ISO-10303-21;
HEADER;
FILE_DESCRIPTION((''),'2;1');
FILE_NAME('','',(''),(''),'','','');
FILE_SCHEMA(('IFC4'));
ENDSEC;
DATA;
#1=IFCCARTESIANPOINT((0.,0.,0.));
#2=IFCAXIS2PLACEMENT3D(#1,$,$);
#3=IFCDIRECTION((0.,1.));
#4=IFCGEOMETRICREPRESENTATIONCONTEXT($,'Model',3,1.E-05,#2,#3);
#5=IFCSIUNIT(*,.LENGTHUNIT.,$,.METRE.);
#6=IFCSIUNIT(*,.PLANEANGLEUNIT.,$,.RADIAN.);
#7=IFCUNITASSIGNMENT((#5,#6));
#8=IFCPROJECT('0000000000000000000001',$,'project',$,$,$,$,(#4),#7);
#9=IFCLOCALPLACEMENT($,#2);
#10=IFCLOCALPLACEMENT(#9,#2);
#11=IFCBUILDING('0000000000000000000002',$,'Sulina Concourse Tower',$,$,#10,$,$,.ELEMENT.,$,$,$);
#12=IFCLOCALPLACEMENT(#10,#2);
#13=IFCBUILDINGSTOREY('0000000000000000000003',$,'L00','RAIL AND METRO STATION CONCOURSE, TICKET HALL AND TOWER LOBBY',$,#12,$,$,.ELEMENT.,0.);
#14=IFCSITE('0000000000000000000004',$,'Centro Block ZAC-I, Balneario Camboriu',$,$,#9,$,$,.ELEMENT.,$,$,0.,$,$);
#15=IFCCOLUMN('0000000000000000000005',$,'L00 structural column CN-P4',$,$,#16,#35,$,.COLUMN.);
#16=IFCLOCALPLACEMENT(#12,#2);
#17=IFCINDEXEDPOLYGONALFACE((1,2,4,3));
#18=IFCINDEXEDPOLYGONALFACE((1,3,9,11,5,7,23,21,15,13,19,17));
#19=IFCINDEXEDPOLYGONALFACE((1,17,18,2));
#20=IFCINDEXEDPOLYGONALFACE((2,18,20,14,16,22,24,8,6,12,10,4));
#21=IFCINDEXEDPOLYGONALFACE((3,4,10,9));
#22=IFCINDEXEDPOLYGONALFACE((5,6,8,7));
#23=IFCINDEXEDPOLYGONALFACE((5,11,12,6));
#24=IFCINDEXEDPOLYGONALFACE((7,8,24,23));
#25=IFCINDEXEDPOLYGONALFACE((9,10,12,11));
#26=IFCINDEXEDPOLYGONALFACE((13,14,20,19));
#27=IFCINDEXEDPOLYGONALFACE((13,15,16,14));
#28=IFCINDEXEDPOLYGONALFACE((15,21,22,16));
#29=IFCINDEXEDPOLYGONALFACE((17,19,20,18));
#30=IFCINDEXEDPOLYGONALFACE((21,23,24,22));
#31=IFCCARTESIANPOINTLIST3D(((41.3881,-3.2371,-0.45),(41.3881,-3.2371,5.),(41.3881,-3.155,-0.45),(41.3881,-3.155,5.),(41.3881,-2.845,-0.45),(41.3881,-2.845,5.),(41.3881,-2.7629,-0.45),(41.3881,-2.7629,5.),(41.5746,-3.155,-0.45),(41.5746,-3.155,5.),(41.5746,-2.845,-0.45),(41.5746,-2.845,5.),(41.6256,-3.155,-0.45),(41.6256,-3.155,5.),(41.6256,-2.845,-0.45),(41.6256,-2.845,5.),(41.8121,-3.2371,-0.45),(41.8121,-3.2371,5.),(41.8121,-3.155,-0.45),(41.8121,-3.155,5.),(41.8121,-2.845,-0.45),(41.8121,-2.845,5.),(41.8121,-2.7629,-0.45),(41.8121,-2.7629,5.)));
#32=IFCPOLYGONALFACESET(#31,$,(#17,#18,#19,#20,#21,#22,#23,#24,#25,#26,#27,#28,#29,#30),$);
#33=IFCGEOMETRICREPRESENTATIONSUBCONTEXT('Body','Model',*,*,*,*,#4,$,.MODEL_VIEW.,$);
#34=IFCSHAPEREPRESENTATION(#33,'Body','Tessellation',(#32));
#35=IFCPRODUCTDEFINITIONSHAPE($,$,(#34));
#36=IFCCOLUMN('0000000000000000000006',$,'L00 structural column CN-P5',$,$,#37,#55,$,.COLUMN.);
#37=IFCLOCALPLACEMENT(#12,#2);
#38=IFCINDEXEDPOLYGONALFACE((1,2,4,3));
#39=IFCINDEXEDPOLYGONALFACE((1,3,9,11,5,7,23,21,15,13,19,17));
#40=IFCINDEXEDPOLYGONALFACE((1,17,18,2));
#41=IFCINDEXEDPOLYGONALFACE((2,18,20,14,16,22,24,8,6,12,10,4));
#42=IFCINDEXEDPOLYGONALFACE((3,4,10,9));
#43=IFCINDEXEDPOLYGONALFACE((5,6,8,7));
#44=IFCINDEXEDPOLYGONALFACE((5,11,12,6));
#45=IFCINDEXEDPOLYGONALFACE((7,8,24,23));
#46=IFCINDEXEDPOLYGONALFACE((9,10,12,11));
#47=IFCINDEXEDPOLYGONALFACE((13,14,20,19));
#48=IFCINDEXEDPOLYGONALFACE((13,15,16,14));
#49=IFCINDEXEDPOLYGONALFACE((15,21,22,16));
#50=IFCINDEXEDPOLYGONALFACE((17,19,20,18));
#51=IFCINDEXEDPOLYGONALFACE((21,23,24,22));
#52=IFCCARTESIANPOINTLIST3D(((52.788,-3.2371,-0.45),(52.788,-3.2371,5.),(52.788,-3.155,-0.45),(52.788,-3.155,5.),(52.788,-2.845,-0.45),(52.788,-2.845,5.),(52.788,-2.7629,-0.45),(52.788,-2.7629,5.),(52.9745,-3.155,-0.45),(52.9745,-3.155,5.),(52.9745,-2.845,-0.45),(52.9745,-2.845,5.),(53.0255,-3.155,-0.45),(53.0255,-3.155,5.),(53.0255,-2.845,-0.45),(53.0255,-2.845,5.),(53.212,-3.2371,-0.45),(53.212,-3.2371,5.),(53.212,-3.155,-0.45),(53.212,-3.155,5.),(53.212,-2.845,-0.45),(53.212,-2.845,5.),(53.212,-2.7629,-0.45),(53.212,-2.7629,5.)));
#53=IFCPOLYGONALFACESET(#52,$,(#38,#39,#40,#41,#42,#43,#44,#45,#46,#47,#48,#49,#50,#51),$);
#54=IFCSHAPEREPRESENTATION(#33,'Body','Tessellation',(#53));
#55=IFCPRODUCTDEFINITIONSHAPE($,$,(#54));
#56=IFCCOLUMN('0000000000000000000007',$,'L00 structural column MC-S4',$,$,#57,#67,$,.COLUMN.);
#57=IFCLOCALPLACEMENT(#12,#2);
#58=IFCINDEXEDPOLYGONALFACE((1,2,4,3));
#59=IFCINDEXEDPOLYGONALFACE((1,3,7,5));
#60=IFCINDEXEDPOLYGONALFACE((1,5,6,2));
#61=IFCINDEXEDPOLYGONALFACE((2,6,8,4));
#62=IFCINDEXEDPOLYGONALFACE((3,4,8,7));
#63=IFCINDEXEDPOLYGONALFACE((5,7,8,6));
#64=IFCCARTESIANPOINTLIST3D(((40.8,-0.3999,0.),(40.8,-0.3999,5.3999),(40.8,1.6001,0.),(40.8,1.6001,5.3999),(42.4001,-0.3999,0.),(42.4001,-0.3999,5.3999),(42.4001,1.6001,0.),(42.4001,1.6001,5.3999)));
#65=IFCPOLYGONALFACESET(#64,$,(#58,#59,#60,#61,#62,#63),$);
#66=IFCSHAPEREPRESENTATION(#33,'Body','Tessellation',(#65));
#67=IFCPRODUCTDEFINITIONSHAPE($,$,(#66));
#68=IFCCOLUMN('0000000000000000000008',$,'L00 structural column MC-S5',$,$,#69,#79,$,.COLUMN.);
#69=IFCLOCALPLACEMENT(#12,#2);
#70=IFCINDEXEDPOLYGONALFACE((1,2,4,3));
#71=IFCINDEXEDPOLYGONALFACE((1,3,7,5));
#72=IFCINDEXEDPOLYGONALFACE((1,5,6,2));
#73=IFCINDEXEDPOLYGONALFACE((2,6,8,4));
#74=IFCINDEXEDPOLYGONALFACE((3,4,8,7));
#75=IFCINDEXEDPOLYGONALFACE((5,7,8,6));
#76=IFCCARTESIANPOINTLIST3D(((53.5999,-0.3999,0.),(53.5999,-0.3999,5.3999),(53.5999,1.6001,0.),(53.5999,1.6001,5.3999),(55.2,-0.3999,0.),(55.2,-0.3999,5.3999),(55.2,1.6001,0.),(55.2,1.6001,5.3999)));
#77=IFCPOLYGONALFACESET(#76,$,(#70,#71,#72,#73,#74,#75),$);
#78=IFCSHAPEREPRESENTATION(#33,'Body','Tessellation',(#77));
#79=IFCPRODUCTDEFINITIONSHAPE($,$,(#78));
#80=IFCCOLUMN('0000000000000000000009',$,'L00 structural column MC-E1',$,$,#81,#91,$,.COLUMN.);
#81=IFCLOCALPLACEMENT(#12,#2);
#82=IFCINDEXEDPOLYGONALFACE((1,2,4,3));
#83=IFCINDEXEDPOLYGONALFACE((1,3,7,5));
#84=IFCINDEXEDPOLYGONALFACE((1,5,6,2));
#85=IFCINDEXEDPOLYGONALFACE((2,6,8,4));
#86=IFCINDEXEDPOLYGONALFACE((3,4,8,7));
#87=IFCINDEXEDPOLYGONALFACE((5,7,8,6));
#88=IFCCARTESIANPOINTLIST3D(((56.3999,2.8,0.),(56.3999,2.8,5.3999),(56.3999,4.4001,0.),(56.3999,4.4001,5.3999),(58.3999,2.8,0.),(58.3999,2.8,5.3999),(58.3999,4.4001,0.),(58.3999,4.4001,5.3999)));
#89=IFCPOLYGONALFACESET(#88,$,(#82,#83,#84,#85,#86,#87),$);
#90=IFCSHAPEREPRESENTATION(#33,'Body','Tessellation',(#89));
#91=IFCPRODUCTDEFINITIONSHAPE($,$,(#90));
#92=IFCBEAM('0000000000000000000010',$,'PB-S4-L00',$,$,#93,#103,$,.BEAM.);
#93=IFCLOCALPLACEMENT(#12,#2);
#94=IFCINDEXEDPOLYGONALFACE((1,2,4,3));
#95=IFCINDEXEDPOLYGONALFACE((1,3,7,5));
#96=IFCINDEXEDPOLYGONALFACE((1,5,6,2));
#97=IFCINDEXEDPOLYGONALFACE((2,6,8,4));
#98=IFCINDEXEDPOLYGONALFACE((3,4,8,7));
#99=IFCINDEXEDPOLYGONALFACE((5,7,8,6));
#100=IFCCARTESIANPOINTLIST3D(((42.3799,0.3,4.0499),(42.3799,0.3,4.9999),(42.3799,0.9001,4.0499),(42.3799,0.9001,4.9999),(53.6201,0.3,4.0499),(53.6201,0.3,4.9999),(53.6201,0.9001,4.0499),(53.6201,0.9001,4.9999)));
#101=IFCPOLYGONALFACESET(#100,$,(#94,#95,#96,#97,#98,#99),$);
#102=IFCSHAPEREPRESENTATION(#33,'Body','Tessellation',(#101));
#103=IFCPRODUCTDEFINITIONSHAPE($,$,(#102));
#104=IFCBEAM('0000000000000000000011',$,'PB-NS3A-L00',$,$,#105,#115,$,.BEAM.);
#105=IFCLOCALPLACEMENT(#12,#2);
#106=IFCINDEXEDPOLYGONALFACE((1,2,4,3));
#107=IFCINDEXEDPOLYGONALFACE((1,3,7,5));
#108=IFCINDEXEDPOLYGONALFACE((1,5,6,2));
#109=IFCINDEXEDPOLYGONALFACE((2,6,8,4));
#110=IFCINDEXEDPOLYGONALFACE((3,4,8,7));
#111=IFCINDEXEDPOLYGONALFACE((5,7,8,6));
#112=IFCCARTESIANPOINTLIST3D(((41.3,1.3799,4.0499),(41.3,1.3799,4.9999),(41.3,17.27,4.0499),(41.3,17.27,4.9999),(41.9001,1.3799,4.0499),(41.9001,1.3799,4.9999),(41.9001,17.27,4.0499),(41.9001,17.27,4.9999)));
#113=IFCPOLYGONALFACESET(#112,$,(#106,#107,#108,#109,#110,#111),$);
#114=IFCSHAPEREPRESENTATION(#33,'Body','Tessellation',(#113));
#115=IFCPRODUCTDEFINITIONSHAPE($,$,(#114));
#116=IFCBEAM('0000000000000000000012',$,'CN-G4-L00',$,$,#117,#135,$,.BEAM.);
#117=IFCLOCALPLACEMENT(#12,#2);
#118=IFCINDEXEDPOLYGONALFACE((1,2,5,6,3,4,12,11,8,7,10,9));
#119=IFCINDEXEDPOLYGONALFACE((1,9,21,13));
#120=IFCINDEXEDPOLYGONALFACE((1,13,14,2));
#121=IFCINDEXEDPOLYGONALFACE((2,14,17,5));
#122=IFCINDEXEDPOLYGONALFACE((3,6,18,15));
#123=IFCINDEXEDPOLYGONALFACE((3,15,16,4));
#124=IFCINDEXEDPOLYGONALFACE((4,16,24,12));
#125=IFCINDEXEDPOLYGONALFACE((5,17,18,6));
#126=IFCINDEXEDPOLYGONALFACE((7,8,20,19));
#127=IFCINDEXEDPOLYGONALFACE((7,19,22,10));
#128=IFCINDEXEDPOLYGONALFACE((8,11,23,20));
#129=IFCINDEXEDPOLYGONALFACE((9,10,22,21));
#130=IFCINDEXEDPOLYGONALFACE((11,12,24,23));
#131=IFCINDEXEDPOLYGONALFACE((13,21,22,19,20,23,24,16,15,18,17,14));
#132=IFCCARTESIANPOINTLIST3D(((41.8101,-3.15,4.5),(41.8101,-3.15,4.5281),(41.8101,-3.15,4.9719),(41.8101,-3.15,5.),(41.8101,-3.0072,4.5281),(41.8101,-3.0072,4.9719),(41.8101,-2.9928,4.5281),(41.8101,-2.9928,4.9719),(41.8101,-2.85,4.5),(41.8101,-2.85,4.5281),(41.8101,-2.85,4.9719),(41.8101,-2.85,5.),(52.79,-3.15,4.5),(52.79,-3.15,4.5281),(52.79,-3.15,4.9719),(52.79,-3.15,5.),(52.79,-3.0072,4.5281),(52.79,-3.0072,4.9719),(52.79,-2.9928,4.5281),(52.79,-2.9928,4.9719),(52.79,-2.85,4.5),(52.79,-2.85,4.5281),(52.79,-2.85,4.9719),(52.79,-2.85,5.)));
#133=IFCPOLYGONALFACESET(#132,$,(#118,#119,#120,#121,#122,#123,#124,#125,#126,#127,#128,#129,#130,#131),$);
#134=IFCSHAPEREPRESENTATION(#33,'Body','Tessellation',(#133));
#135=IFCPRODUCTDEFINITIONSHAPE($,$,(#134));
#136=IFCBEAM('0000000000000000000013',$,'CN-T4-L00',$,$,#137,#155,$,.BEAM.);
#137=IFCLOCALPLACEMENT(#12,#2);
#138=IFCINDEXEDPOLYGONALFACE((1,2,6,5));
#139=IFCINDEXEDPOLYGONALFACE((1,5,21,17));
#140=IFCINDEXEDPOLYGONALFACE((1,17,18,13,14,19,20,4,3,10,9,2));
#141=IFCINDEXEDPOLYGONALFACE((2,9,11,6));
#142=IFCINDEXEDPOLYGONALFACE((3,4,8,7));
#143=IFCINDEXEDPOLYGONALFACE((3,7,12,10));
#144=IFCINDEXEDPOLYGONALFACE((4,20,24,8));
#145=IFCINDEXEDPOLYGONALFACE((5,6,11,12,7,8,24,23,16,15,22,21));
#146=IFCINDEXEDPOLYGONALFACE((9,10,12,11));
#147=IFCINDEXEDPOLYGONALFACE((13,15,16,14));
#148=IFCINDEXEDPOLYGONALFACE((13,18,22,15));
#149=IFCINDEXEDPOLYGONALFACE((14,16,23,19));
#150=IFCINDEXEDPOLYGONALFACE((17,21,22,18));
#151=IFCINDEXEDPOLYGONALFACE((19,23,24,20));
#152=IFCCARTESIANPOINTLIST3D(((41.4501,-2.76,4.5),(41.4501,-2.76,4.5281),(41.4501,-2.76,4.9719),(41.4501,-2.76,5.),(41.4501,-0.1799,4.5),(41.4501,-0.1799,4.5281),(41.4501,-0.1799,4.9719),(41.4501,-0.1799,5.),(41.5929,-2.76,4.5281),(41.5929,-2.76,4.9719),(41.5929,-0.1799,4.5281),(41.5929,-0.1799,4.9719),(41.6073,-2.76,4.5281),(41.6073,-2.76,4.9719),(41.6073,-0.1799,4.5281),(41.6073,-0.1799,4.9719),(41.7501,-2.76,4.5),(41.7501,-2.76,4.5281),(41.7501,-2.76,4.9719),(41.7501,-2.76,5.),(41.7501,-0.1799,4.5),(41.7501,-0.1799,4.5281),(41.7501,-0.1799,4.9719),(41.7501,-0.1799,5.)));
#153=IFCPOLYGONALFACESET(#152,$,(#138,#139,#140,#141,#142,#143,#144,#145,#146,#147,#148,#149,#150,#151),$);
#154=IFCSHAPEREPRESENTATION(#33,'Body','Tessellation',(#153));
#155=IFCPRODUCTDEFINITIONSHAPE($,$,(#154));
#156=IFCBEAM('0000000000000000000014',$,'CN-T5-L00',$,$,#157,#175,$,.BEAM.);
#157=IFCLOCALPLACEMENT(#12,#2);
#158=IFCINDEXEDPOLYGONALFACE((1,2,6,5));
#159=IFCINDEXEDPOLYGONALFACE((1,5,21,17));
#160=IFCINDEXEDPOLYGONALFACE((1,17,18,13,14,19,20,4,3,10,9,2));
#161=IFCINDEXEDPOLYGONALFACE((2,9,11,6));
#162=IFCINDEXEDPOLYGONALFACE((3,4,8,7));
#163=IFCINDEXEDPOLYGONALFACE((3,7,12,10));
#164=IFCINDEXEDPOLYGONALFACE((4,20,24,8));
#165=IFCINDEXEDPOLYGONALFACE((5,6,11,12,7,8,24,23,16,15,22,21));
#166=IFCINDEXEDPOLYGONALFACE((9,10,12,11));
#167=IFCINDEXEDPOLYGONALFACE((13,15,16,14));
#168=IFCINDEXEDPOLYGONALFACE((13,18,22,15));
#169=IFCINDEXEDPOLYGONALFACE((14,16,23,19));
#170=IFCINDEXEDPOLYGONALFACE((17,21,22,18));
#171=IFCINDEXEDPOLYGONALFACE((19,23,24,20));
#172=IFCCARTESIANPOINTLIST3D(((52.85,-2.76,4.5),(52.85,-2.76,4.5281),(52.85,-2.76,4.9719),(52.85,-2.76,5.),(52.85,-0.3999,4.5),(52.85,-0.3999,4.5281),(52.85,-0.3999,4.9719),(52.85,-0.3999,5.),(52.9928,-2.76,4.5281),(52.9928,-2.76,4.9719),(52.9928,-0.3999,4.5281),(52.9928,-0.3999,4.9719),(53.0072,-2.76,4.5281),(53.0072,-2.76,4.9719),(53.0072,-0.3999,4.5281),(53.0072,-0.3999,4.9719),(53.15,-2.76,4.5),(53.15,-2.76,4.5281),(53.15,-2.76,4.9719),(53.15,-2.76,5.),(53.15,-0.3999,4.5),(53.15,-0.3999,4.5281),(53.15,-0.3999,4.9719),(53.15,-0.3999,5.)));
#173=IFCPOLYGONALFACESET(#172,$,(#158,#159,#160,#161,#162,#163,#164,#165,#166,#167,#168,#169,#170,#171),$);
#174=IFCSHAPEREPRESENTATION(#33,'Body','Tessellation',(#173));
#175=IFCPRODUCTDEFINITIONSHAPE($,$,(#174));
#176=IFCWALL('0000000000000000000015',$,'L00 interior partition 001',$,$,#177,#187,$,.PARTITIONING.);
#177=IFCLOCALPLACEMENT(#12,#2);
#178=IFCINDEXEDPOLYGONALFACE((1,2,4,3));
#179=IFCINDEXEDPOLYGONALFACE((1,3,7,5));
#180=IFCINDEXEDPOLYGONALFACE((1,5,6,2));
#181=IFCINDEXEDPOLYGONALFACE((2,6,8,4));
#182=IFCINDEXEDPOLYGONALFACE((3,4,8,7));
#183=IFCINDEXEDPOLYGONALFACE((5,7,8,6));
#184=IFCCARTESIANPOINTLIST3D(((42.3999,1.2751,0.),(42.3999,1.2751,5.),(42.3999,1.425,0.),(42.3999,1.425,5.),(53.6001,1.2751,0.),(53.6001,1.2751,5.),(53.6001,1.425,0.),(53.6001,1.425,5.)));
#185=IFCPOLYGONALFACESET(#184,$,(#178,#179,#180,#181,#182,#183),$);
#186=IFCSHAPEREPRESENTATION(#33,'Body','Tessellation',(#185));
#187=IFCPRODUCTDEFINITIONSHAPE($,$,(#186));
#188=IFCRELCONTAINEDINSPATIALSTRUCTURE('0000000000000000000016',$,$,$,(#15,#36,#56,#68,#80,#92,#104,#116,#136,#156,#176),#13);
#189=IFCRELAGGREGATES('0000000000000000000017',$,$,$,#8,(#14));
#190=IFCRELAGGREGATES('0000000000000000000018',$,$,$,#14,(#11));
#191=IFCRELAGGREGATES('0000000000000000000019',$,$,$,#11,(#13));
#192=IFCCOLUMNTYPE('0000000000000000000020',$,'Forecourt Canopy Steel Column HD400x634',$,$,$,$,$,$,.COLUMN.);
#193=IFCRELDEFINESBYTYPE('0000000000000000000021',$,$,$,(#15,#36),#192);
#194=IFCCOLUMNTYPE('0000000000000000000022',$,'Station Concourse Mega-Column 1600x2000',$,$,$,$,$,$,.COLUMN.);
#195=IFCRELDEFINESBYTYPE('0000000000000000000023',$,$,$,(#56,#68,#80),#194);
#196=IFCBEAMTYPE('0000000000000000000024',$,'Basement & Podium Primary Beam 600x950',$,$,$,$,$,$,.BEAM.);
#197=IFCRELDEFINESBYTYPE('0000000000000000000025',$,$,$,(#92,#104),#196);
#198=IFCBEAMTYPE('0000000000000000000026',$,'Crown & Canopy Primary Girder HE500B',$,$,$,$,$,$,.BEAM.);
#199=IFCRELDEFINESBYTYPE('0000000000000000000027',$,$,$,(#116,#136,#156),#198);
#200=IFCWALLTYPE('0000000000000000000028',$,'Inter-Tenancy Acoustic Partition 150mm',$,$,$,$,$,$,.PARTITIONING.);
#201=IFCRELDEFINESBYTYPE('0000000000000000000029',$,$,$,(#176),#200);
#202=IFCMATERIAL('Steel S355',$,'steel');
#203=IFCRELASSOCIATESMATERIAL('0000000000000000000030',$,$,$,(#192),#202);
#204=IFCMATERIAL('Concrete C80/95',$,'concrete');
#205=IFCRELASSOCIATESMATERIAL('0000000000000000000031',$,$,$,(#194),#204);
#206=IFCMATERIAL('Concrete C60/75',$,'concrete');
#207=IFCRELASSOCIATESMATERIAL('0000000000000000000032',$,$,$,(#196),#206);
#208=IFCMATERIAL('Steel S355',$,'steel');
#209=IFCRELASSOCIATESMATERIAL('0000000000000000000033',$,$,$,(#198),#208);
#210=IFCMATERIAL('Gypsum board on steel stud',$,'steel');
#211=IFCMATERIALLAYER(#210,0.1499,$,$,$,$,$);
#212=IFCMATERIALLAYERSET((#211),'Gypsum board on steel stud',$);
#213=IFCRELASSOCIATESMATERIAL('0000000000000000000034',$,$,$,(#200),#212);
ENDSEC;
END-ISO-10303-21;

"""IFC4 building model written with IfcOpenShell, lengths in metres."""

from ifc_helpers import new_model, si_unit, direction, frame, frame_2d, origin, origin_2d, place, context, subcontext, project, spatial, rectangle, i_section, extrude, material, layer, layer_set, material_profile, profile_set, type_object, element, save


model = new_model("IFC4")

# Units and contexts
model_context = context("Model", 3, precision=1e-05, world=origin(), true_north=direction((0.0, 1.0)))
body_context = subcontext(model_context, "Body", "Model", "MODEL_VIEW")
ifc_project = project(units=[si_unit("LENGTHUNIT", "METRE"), si_unit("PLANEANGLEUNIT", "RADIAN")], contexts=[model_context])

# Site, building, storey
site_placement = place(None, origin())
site = spatial("IfcSite", under=ifc_project, at=site_placement, Name="Centro Block ZAC-I, Balneario Camboriu", CompositionType="ELEMENT", RefElevation=0.0)
building_placement = place(site_placement, origin())
building = spatial("IfcBuilding", under=site, at=building_placement, Name="Sulina Concourse Tower", CompositionType="ELEMENT")
storey_placement = place(building_placement, origin())
storey = spatial("IfcBuildingStorey", under=building, at=storey_placement, Name="L00", Description="RAIL AND METRO STATION CONCOURSE, TICKET HALL AND TOWER LOBBY", CompositionType="ELEMENT", Elevation=0.0)

# Columns
ifc_material_1 = material(Name="Steel S355", Category="steel")
ifc_material_profile_1 = material_profile(ifc_material_1, i_section(OverallWidth=0.4241, OverallDepth=0.4741, WebThickness=0.051, FlangeThickness=0.082, at=origin_2d()), Name="HD 400x634")
ifc_profile_set_1 = profile_set([ifc_material_profile_1], Name="Steel S355")
column_type_1 = type_object("IfcColumnType", Name="Forecourt Canopy Steel Column HD400x634", PredefinedType="COLUMN", material=ifc_profile_set_1)
for number, where, z_axis, x_axis, name in (
    (1, (41.6001, -3.0, -0.45), (0.0, 0.0, 1.0), (1.0, 0.0, 0.0), "L00 structural column CN-P4"),
    (2, (53.0, -3.0, -0.45), (0.0, 0.0, 1.0), (1.0, 0.0, 0.0), "L00 structural column CN-P5"),
):
    element("IfcColumn", number, at=place(storey_placement, frame(where, z_axis=z_axis, x_axis=x_axis)), inside=storey, type_object=column_type_1, Name=name, PredefinedType="COLUMN", context=body_context, shape_type="SweptSolid", body=[
        extrude(i_section(OverallWidth=0.4241, OverallDepth=0.4741, WebThickness=0.051, FlangeThickness=0.082, at=origin_2d()), origin(), (0.0, 0.0, 1.0), 5.45),
    ])
ifc_material_2 = material(Name="Concrete C80/95", Category="concrete")
ifc_material_profile_2 = material_profile(ifc_material_2, rectangle(XDim=1.6001, YDim=2.0, at=origin_2d()), Name="RC 1600x2000")
ifc_profile_set_2 = profile_set([ifc_material_profile_2], Name="Concrete C80/95")
column_type_2 = type_object("IfcColumnType", Name="Station Concourse Mega-Column 1600x2000", PredefinedType="COLUMN", material=ifc_profile_set_2)
for number, where, z_axis, x_axis, name in (
    (3, (41.6001, 0.6001, 0.0), (0.0, 0.0, 1.0), (1.0, 0.0, 0.0), "L00 structural column MC-S4"),
    (4, (54.3999, 0.6001, 0.0), (0.0, 0.0, 1.0), (1.0, 0.0, 0.0), "L00 structural column MC-S5"),
    (5, (57.3999, 3.6001, 0.0), (0.0, 0.0, 1.0), (0.0, 1.0, 0.0), "L00 structural column MC-E1"),
):
    element("IfcColumn", number, at=place(storey_placement, frame(where, z_axis=z_axis, x_axis=x_axis)), inside=storey, type_object=column_type_2, Name=name, PredefinedType="COLUMN", context=body_context, shape_type="SweptSolid", body=[
        extrude(rectangle(XDim=1.6001, YDim=2.0, at=origin_2d()), origin(), (0.0, 0.0, 1.0), 5.3999),
    ])

# Beams
ifc_material_3 = material(Name="Concrete C60/75", Category="concrete")
ifc_material_profile_3 = material_profile(ifc_material_3, rectangle(XDim=0.6001, YDim=0.95, at=origin_2d()), Name="RC 600x950")
ifc_profile_set_3 = profile_set([ifc_material_profile_3], Name="Concrete C60/75")
beam_type_1 = type_object("IfcBeamType", Name="Basement & Podium Primary Beam 600x950", PredefinedType="BEAM", material=ifc_profile_set_3)
beam_1_placement = place(storey_placement, frame((42.3799, 0.6001, 4.5249), z_axis=(1.0, 0.0, 0.0), x_axis=(0.0, 1.0, 0.0)))
element("IfcBeam", 6, at=beam_1_placement, inside=storey, type_object=beam_type_1, Name="PB-S4-L00", PredefinedType="BEAM", context=body_context, shape_type="SweptSolid", body=[
    extrude(rectangle(XDim=0.6001, YDim=0.95, at=origin_2d()), origin(), (0.0, 0.0, 1.0), 11.2402),
])
beam_2_placement = place(storey_placement, frame((41.6001, 1.3799, 4.5249), z_axis=(0.0, 1.0, 0.0), x_axis=(-1.0, 0.0, 0.0)))
element("IfcBeam", 7, at=beam_2_placement, inside=storey, type_object=beam_type_1, Name="PB-NS3A-L00", PredefinedType="BEAM", context=body_context, shape_type="SweptSolid", body=[
    extrude(rectangle(XDim=0.6001, YDim=0.95, at=origin_2d()), origin(), (0.0, 0.0, 1.0), 15.8901),
])
ifc_material_4 = material(Name="Steel S355", Category="steel")
ifc_material_profile_4 = material_profile(ifc_material_4, i_section(OverallWidth=0.3, OverallDepth=0.5, WebThickness=0.0144, FlangeThickness=0.0281, at=origin_2d()), Name="HE 500 B")
ifc_profile_set_4 = profile_set([ifc_material_profile_4], Name="Steel S355")
beam_type_2 = type_object("IfcBeamType", Name="Crown & Canopy Primary Girder HE500B", PredefinedType="BEAM", material=ifc_profile_set_4)
beam_3_placement = place(storey_placement, frame((41.8101, -3.0, 4.75), z_axis=(1.0, 0.0, 0.0), x_axis=(0.0, 1.0, 0.0)))
element("IfcBeam", 8, at=beam_3_placement, inside=storey, type_object=beam_type_2, Name="CN-G4-L00", PredefinedType="BEAM", context=body_context, shape_type="SweptSolid", body=[
    extrude(i_section(OverallWidth=0.3, OverallDepth=0.5, WebThickness=0.0144, FlangeThickness=0.0281, at=origin_2d()), origin(), (0.0, 0.0, 1.0), 10.98),
])
beam_4_placement = place(storey_placement, frame((41.6001, -2.76, 4.75), z_axis=(0.0, 1.0, 0.0), x_axis=(-1.0, 0.0, 0.0)))
element("IfcBeam", 9, at=beam_4_placement, inside=storey, type_object=beam_type_2, Name="CN-T4-L00", PredefinedType="BEAM", context=body_context, shape_type="SweptSolid", body=[
    extrude(i_section(OverallWidth=0.3, OverallDepth=0.5, WebThickness=0.0144, FlangeThickness=0.0281, at=origin_2d()), origin(), (0.0, 0.0, 1.0), 2.5801),
])
beam_5_placement = place(storey_placement, frame((53.0, -2.76, 4.75), z_axis=(0.0, 1.0, 0.0), x_axis=(-1.0, 0.0, 0.0)))
element("IfcBeam", 10, at=beam_5_placement, inside=storey, type_object=beam_type_2, Name="CN-T5-L00", PredefinedType="BEAM", context=body_context, shape_type="SweptSolid", body=[
    extrude(i_section(OverallWidth=0.3, OverallDepth=0.5, WebThickness=0.0144, FlangeThickness=0.0281, at=origin_2d()), origin(), (0.0, 0.0, 1.0), 2.3601),
])

# Wall
ifc_material_5 = material(Name="Gypsum board on steel stud", Category="steel")
ifc_layer_1 = layer(ifc_material_5, 0.1499)
ifc_layer_set_1 = layer_set([ifc_layer_1], Name="Gypsum board on steel stud")
wall_type_1 = type_object("IfcWallType", Name="Inter-Tenancy Acoustic Partition 150mm", PredefinedType="PARTITIONING", material=ifc_layer_set_1)
wall_1_placement = place(storey_placement, frame((42.3999, 1.3501, 0.0), z_axis=(0.0, 0.0, 1.0), x_axis=(1.0, 0.0, 0.0)))
element("IfcWall", 11, at=wall_1_placement, inside=storey, type_object=wall_type_1, Name="L00 interior partition 001", PredefinedType="PARTITIONING", context=body_context, shape_type="SweptSolid", body=[
    extrude(rectangle(XDim=11.2002, YDim=0.1499, at=frame_2d((5.6001, 0.0))), origin(), (0.0, 0.0, 1.0), 5.0),
])

save(model, "model.ifc")
